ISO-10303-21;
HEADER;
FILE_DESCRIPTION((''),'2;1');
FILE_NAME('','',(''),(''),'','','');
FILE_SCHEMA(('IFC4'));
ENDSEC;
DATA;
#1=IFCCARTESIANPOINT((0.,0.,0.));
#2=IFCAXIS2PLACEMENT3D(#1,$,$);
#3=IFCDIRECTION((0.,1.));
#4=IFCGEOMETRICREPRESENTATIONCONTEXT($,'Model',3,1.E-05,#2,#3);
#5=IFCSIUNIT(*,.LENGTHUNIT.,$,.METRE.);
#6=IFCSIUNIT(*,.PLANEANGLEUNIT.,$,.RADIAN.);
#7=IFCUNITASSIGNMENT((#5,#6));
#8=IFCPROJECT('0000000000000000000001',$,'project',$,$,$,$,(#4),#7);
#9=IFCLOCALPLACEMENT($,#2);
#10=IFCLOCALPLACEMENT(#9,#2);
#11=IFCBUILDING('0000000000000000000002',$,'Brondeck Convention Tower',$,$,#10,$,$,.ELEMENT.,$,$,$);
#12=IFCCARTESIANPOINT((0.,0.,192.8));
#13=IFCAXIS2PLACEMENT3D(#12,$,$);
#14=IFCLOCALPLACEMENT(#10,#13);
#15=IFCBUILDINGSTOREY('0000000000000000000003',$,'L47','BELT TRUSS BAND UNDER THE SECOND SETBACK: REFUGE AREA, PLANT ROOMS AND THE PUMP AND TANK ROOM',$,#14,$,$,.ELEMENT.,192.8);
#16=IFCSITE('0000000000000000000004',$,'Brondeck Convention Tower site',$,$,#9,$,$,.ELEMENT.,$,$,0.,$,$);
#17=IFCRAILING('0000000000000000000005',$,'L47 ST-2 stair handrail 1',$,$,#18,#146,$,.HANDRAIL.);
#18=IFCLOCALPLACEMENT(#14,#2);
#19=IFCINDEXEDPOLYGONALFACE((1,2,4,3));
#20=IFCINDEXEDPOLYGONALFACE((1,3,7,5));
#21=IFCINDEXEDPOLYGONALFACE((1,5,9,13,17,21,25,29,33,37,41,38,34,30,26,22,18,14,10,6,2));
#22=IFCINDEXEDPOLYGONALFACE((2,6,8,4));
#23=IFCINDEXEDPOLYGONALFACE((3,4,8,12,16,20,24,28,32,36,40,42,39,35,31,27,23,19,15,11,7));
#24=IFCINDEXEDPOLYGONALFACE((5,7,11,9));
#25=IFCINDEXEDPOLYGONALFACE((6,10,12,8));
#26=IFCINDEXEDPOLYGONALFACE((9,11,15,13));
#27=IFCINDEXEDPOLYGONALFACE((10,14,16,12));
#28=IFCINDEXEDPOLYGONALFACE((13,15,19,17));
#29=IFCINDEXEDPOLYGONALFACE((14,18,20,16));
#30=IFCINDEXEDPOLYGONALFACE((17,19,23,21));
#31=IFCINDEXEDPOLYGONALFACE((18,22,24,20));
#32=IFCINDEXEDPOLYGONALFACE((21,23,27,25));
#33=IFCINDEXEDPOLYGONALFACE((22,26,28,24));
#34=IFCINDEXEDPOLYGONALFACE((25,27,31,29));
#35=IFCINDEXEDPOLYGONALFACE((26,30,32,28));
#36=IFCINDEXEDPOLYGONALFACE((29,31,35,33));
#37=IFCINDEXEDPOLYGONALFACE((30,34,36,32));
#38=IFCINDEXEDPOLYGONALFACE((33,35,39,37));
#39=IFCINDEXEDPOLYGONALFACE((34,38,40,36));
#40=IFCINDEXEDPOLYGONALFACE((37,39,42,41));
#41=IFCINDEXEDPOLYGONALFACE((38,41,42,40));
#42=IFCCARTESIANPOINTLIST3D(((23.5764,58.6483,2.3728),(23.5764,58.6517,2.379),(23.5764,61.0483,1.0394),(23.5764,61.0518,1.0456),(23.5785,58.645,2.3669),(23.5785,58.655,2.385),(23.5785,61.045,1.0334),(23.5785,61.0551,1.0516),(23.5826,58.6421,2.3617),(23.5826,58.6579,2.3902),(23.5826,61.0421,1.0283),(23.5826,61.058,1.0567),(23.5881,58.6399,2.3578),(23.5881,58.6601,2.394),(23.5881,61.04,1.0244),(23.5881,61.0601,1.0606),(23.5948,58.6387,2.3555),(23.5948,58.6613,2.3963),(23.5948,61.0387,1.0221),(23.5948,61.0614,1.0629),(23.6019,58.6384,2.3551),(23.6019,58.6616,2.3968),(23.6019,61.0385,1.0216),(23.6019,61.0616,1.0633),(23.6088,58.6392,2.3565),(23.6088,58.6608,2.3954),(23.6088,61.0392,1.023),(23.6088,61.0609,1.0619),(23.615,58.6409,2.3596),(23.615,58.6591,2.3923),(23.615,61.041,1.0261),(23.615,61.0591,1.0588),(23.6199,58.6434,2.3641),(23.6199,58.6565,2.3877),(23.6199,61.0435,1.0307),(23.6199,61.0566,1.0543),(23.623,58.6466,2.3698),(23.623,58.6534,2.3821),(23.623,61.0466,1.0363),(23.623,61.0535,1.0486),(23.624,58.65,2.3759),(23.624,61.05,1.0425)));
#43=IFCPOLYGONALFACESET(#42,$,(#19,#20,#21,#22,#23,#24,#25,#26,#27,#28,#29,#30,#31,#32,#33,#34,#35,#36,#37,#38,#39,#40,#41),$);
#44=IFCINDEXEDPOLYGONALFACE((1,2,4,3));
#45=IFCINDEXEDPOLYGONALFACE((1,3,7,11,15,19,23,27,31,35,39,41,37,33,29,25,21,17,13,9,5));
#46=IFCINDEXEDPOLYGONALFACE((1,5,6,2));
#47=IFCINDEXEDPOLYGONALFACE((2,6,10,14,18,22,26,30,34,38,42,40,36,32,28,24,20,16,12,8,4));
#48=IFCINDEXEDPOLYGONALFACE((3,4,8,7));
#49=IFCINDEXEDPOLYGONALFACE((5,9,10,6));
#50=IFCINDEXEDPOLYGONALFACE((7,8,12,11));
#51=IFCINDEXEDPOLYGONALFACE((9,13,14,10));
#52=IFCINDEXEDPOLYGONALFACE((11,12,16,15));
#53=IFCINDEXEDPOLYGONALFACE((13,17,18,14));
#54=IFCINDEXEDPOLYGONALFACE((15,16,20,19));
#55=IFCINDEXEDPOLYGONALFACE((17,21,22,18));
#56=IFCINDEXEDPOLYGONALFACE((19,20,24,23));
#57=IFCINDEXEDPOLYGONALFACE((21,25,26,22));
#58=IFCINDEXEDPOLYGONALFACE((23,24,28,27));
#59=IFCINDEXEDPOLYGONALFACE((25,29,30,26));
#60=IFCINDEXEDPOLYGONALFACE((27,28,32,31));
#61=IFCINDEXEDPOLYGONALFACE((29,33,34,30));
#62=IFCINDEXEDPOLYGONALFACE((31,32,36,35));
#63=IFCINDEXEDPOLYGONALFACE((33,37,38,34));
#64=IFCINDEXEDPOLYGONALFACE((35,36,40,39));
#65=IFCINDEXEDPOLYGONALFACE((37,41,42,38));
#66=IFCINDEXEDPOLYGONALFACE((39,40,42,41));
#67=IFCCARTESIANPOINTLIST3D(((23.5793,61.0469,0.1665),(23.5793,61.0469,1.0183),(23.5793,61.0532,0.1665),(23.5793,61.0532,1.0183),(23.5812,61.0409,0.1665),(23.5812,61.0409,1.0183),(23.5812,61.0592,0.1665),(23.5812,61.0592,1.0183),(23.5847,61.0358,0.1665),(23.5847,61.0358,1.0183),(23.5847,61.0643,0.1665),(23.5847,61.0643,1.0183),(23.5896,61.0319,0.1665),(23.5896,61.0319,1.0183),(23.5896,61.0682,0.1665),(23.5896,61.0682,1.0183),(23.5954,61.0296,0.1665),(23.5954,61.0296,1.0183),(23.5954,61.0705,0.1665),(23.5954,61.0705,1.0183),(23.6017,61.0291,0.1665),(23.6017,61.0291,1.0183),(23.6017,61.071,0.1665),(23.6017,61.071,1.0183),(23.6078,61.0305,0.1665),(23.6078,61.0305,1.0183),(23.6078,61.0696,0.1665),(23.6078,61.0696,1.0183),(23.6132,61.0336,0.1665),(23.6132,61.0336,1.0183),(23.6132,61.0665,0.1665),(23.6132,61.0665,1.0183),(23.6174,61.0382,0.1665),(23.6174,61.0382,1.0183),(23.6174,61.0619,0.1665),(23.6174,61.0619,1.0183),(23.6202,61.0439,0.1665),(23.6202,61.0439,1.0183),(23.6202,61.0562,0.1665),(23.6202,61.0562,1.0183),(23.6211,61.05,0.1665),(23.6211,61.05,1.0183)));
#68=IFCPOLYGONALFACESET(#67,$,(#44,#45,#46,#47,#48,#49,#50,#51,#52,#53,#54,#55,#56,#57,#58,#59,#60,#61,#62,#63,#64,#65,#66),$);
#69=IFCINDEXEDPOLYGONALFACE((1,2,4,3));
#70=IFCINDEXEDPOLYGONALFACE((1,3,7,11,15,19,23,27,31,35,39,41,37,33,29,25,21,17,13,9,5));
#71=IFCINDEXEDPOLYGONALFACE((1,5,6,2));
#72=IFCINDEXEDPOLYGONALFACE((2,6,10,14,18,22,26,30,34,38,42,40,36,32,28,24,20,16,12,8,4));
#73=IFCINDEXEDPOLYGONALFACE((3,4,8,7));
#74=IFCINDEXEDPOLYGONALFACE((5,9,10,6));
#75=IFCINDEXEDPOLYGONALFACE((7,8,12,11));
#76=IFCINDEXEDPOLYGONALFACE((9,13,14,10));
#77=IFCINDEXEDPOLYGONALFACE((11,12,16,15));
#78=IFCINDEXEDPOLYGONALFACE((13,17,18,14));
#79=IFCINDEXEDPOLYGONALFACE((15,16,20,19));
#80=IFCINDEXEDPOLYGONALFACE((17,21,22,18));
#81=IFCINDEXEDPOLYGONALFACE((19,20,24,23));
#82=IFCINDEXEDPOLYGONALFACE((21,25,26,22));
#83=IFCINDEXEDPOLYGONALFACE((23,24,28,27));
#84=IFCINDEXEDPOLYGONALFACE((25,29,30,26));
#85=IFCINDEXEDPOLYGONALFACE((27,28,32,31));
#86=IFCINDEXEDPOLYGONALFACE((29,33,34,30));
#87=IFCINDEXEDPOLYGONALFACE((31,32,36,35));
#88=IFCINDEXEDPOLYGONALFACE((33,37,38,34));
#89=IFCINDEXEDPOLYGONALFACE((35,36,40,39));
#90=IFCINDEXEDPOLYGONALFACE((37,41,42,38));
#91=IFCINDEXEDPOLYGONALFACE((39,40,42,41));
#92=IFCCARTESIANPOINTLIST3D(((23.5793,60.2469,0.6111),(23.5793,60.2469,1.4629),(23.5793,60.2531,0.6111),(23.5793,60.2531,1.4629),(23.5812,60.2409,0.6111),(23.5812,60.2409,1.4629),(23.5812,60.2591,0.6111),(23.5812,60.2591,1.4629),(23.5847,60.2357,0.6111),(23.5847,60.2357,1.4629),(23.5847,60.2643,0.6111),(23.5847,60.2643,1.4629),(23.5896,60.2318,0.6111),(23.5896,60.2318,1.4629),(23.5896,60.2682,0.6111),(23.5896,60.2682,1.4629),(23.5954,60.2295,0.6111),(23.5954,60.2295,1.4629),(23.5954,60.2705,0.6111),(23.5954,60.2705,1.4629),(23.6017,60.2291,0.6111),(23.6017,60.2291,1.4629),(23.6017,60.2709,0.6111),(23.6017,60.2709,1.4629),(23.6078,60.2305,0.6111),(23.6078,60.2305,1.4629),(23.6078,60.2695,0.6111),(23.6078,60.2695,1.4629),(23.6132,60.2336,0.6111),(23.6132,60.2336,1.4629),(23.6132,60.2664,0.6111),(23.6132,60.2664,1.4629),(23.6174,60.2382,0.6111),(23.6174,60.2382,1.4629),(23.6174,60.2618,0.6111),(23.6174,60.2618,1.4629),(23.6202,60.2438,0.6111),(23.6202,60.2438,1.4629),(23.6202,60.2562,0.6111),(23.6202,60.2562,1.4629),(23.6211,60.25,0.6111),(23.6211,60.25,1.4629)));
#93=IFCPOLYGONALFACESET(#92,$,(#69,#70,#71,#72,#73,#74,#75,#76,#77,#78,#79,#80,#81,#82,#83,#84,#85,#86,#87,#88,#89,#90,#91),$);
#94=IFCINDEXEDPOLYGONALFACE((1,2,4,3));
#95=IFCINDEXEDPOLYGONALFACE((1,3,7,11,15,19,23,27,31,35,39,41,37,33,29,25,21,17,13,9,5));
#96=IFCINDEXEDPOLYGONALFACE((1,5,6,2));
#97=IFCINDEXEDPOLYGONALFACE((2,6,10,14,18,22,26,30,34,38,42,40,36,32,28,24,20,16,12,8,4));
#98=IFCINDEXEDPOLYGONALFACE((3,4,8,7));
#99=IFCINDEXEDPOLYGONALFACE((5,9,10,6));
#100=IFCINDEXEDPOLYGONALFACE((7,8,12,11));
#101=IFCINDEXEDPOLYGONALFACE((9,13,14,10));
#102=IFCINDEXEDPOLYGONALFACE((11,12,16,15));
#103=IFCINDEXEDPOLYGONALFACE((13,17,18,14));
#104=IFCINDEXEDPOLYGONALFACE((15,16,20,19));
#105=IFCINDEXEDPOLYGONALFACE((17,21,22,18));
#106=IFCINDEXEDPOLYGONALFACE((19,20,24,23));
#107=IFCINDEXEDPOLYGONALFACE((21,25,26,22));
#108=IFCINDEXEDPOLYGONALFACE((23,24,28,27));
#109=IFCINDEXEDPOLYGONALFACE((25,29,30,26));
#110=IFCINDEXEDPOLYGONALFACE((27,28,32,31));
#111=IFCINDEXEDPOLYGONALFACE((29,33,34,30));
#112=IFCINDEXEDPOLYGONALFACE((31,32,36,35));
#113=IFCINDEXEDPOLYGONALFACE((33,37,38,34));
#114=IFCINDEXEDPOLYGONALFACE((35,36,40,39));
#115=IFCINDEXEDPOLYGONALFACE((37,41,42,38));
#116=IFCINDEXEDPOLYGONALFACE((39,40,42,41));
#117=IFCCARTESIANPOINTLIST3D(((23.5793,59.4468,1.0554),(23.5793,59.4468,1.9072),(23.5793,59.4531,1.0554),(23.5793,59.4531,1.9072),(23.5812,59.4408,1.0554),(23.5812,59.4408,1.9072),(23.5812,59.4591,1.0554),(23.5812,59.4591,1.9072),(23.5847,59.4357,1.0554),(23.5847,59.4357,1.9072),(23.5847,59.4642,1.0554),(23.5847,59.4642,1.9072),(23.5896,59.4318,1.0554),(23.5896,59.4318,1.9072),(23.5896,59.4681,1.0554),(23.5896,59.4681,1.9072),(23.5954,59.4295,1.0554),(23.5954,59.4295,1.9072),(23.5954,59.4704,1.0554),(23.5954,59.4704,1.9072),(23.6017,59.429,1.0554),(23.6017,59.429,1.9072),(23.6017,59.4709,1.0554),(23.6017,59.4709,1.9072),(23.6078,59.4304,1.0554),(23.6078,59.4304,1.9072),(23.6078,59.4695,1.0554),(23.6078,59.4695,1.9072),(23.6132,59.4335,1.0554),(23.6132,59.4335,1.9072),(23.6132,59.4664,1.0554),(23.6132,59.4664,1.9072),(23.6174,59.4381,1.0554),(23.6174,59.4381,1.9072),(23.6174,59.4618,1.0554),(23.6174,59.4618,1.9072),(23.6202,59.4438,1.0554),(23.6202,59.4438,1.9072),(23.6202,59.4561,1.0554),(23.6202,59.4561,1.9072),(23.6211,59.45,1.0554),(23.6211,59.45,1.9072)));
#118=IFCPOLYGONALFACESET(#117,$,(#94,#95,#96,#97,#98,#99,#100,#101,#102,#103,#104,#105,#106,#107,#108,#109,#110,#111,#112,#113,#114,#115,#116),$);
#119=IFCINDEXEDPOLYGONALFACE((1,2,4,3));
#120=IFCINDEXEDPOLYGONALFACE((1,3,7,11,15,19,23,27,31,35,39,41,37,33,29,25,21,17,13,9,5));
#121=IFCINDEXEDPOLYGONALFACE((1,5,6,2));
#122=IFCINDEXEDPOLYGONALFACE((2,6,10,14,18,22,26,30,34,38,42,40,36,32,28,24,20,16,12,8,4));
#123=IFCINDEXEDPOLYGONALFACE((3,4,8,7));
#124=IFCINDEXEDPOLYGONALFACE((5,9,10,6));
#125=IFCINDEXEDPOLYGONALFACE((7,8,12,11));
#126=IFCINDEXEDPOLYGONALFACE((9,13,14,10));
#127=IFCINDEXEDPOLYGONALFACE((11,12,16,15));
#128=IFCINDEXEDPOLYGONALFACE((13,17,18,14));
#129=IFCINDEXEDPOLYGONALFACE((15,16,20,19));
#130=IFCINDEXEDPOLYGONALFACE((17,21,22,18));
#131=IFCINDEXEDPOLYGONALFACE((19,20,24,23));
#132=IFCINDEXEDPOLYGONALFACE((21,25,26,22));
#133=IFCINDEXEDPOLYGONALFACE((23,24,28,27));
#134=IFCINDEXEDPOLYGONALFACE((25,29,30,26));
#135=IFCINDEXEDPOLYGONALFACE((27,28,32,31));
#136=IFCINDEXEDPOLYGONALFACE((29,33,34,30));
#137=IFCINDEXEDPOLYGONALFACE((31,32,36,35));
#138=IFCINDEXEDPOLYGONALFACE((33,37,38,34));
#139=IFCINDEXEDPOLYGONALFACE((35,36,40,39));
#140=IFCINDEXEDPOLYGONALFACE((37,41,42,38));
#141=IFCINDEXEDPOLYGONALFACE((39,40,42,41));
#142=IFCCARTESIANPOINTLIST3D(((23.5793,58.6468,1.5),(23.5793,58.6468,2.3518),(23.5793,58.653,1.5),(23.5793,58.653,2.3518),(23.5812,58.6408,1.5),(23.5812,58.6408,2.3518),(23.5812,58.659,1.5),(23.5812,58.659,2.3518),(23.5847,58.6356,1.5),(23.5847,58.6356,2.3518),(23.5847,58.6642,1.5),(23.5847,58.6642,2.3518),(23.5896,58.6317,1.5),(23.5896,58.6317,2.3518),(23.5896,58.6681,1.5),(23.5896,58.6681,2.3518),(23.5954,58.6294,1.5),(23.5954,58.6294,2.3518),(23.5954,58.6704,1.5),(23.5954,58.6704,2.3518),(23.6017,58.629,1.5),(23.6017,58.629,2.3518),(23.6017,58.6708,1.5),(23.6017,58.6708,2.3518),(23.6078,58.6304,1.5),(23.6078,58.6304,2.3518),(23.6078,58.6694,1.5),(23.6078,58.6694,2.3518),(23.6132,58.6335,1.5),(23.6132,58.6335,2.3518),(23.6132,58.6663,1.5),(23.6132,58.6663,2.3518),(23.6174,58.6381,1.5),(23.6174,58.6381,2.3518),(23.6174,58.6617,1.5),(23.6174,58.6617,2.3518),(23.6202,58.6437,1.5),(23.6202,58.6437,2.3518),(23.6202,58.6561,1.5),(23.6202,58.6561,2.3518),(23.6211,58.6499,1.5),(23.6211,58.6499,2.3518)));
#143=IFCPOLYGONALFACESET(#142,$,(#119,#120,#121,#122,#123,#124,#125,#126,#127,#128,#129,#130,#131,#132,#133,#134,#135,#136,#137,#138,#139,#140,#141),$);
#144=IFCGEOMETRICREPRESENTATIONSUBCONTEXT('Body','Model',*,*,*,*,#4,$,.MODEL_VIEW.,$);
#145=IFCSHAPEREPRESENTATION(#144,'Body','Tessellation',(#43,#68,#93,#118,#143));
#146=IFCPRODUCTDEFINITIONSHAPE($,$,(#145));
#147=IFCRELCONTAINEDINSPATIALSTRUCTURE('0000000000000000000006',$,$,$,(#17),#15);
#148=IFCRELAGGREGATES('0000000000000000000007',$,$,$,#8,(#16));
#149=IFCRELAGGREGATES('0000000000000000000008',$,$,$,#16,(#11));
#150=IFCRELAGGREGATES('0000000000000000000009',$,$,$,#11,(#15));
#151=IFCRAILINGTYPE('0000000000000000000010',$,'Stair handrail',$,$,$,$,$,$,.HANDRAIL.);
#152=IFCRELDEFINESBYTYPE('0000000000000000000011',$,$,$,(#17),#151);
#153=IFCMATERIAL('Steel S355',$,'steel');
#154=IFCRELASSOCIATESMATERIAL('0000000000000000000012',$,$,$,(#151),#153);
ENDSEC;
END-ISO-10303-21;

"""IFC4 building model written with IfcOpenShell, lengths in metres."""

from ifc_helpers import new_model, si_unit, direction, frame, origin, origin_2d, place, context, subcontext, project, spatial, circle, extrude, material, type_object, element, save


model = new_model("IFC4")

# Units and contexts
model_context = context("Model", 3, precision=1e-05, world=origin(), true_north=direction((0.0, 1.0)))
body_context = subcontext(model_context, "Body", "Model", "MODEL_VIEW")
ifc_project = project(units=[si_unit("LENGTHUNIT", "METRE"), si_unit("PLANEANGLEUNIT", "RADIAN")], contexts=[model_context])

# Site, building, storey
site_placement = place(None, origin())
site = spatial("IfcSite", under=ifc_project, at=site_placement, Name="Brondeck Convention Tower site", CompositionType="ELEMENT", RefElevation=0.0)
building_placement = place(site_placement, origin())
building = spatial("IfcBuilding", under=site, at=building_placement, Name="Brondeck Convention Tower", CompositionType="ELEMENT")
storey_placement = place(building_placement, frame((0.0, 0.0, 192.8)))
storey = spatial("IfcBuildingStorey", under=building, at=storey_placement, Name="L47", Description="BELT TRUSS BAND UNDER THE SECOND SETBACK: REFUGE AREA, PLANT ROOMS AND THE PUMP AND TANK ROOM", CompositionType="ELEMENT", Elevation=192.8)

# Shared definitions
ifc_material_1 = material(Name="Steel S355", Category="steel")

# Railing
railing_type_1 = type_object("IfcRailingType", Name="Stair handrail", PredefinedType="HANDRAIL", material=ifc_material_1)
railing_1_placement = place(storey_placement, frame((23.6001, 61.05, 0.1665)))
element("IfcRailing", 1, at=railing_1_placement, inside=storey, type_object=railing_type_1, Name="L47 ST-2 stair handrail 1", PredefinedType="HANDRAIL", context=body_context, shape_type="SweptSolid", body=[
    extrude(circle(Radius=0.0239, at=origin_2d()), frame((0.0, 0.0, 0.876), z_axis=(0.0, -0.874145, 0.485666), x_axis=(1.0, 0.0, 0.0)), (0.0, 0.0, 1.0), 2.7456),
    extrude(circle(Radius=0.021, at=origin_2d()), origin(), (0.0, 0.0, 1.0), 0.8518),
    extrude(circle(Radius=0.021, at=origin_2d()), frame((0.0, -0.8, 0.4446)), (0.0, 0.0, 1.0), 0.8518),
    extrude(circle(Radius=0.021, at=origin_2d()), frame((0.0, -1.6001, 0.8889)), (0.0, 0.0, 1.0), 0.8518),
    extrude(circle(Radius=0.021, at=origin_2d()), frame((0.0, -2.4001, 1.3335)), (0.0, 0.0, 1.0), 0.8518),
])

save(model, "model.ifc")
